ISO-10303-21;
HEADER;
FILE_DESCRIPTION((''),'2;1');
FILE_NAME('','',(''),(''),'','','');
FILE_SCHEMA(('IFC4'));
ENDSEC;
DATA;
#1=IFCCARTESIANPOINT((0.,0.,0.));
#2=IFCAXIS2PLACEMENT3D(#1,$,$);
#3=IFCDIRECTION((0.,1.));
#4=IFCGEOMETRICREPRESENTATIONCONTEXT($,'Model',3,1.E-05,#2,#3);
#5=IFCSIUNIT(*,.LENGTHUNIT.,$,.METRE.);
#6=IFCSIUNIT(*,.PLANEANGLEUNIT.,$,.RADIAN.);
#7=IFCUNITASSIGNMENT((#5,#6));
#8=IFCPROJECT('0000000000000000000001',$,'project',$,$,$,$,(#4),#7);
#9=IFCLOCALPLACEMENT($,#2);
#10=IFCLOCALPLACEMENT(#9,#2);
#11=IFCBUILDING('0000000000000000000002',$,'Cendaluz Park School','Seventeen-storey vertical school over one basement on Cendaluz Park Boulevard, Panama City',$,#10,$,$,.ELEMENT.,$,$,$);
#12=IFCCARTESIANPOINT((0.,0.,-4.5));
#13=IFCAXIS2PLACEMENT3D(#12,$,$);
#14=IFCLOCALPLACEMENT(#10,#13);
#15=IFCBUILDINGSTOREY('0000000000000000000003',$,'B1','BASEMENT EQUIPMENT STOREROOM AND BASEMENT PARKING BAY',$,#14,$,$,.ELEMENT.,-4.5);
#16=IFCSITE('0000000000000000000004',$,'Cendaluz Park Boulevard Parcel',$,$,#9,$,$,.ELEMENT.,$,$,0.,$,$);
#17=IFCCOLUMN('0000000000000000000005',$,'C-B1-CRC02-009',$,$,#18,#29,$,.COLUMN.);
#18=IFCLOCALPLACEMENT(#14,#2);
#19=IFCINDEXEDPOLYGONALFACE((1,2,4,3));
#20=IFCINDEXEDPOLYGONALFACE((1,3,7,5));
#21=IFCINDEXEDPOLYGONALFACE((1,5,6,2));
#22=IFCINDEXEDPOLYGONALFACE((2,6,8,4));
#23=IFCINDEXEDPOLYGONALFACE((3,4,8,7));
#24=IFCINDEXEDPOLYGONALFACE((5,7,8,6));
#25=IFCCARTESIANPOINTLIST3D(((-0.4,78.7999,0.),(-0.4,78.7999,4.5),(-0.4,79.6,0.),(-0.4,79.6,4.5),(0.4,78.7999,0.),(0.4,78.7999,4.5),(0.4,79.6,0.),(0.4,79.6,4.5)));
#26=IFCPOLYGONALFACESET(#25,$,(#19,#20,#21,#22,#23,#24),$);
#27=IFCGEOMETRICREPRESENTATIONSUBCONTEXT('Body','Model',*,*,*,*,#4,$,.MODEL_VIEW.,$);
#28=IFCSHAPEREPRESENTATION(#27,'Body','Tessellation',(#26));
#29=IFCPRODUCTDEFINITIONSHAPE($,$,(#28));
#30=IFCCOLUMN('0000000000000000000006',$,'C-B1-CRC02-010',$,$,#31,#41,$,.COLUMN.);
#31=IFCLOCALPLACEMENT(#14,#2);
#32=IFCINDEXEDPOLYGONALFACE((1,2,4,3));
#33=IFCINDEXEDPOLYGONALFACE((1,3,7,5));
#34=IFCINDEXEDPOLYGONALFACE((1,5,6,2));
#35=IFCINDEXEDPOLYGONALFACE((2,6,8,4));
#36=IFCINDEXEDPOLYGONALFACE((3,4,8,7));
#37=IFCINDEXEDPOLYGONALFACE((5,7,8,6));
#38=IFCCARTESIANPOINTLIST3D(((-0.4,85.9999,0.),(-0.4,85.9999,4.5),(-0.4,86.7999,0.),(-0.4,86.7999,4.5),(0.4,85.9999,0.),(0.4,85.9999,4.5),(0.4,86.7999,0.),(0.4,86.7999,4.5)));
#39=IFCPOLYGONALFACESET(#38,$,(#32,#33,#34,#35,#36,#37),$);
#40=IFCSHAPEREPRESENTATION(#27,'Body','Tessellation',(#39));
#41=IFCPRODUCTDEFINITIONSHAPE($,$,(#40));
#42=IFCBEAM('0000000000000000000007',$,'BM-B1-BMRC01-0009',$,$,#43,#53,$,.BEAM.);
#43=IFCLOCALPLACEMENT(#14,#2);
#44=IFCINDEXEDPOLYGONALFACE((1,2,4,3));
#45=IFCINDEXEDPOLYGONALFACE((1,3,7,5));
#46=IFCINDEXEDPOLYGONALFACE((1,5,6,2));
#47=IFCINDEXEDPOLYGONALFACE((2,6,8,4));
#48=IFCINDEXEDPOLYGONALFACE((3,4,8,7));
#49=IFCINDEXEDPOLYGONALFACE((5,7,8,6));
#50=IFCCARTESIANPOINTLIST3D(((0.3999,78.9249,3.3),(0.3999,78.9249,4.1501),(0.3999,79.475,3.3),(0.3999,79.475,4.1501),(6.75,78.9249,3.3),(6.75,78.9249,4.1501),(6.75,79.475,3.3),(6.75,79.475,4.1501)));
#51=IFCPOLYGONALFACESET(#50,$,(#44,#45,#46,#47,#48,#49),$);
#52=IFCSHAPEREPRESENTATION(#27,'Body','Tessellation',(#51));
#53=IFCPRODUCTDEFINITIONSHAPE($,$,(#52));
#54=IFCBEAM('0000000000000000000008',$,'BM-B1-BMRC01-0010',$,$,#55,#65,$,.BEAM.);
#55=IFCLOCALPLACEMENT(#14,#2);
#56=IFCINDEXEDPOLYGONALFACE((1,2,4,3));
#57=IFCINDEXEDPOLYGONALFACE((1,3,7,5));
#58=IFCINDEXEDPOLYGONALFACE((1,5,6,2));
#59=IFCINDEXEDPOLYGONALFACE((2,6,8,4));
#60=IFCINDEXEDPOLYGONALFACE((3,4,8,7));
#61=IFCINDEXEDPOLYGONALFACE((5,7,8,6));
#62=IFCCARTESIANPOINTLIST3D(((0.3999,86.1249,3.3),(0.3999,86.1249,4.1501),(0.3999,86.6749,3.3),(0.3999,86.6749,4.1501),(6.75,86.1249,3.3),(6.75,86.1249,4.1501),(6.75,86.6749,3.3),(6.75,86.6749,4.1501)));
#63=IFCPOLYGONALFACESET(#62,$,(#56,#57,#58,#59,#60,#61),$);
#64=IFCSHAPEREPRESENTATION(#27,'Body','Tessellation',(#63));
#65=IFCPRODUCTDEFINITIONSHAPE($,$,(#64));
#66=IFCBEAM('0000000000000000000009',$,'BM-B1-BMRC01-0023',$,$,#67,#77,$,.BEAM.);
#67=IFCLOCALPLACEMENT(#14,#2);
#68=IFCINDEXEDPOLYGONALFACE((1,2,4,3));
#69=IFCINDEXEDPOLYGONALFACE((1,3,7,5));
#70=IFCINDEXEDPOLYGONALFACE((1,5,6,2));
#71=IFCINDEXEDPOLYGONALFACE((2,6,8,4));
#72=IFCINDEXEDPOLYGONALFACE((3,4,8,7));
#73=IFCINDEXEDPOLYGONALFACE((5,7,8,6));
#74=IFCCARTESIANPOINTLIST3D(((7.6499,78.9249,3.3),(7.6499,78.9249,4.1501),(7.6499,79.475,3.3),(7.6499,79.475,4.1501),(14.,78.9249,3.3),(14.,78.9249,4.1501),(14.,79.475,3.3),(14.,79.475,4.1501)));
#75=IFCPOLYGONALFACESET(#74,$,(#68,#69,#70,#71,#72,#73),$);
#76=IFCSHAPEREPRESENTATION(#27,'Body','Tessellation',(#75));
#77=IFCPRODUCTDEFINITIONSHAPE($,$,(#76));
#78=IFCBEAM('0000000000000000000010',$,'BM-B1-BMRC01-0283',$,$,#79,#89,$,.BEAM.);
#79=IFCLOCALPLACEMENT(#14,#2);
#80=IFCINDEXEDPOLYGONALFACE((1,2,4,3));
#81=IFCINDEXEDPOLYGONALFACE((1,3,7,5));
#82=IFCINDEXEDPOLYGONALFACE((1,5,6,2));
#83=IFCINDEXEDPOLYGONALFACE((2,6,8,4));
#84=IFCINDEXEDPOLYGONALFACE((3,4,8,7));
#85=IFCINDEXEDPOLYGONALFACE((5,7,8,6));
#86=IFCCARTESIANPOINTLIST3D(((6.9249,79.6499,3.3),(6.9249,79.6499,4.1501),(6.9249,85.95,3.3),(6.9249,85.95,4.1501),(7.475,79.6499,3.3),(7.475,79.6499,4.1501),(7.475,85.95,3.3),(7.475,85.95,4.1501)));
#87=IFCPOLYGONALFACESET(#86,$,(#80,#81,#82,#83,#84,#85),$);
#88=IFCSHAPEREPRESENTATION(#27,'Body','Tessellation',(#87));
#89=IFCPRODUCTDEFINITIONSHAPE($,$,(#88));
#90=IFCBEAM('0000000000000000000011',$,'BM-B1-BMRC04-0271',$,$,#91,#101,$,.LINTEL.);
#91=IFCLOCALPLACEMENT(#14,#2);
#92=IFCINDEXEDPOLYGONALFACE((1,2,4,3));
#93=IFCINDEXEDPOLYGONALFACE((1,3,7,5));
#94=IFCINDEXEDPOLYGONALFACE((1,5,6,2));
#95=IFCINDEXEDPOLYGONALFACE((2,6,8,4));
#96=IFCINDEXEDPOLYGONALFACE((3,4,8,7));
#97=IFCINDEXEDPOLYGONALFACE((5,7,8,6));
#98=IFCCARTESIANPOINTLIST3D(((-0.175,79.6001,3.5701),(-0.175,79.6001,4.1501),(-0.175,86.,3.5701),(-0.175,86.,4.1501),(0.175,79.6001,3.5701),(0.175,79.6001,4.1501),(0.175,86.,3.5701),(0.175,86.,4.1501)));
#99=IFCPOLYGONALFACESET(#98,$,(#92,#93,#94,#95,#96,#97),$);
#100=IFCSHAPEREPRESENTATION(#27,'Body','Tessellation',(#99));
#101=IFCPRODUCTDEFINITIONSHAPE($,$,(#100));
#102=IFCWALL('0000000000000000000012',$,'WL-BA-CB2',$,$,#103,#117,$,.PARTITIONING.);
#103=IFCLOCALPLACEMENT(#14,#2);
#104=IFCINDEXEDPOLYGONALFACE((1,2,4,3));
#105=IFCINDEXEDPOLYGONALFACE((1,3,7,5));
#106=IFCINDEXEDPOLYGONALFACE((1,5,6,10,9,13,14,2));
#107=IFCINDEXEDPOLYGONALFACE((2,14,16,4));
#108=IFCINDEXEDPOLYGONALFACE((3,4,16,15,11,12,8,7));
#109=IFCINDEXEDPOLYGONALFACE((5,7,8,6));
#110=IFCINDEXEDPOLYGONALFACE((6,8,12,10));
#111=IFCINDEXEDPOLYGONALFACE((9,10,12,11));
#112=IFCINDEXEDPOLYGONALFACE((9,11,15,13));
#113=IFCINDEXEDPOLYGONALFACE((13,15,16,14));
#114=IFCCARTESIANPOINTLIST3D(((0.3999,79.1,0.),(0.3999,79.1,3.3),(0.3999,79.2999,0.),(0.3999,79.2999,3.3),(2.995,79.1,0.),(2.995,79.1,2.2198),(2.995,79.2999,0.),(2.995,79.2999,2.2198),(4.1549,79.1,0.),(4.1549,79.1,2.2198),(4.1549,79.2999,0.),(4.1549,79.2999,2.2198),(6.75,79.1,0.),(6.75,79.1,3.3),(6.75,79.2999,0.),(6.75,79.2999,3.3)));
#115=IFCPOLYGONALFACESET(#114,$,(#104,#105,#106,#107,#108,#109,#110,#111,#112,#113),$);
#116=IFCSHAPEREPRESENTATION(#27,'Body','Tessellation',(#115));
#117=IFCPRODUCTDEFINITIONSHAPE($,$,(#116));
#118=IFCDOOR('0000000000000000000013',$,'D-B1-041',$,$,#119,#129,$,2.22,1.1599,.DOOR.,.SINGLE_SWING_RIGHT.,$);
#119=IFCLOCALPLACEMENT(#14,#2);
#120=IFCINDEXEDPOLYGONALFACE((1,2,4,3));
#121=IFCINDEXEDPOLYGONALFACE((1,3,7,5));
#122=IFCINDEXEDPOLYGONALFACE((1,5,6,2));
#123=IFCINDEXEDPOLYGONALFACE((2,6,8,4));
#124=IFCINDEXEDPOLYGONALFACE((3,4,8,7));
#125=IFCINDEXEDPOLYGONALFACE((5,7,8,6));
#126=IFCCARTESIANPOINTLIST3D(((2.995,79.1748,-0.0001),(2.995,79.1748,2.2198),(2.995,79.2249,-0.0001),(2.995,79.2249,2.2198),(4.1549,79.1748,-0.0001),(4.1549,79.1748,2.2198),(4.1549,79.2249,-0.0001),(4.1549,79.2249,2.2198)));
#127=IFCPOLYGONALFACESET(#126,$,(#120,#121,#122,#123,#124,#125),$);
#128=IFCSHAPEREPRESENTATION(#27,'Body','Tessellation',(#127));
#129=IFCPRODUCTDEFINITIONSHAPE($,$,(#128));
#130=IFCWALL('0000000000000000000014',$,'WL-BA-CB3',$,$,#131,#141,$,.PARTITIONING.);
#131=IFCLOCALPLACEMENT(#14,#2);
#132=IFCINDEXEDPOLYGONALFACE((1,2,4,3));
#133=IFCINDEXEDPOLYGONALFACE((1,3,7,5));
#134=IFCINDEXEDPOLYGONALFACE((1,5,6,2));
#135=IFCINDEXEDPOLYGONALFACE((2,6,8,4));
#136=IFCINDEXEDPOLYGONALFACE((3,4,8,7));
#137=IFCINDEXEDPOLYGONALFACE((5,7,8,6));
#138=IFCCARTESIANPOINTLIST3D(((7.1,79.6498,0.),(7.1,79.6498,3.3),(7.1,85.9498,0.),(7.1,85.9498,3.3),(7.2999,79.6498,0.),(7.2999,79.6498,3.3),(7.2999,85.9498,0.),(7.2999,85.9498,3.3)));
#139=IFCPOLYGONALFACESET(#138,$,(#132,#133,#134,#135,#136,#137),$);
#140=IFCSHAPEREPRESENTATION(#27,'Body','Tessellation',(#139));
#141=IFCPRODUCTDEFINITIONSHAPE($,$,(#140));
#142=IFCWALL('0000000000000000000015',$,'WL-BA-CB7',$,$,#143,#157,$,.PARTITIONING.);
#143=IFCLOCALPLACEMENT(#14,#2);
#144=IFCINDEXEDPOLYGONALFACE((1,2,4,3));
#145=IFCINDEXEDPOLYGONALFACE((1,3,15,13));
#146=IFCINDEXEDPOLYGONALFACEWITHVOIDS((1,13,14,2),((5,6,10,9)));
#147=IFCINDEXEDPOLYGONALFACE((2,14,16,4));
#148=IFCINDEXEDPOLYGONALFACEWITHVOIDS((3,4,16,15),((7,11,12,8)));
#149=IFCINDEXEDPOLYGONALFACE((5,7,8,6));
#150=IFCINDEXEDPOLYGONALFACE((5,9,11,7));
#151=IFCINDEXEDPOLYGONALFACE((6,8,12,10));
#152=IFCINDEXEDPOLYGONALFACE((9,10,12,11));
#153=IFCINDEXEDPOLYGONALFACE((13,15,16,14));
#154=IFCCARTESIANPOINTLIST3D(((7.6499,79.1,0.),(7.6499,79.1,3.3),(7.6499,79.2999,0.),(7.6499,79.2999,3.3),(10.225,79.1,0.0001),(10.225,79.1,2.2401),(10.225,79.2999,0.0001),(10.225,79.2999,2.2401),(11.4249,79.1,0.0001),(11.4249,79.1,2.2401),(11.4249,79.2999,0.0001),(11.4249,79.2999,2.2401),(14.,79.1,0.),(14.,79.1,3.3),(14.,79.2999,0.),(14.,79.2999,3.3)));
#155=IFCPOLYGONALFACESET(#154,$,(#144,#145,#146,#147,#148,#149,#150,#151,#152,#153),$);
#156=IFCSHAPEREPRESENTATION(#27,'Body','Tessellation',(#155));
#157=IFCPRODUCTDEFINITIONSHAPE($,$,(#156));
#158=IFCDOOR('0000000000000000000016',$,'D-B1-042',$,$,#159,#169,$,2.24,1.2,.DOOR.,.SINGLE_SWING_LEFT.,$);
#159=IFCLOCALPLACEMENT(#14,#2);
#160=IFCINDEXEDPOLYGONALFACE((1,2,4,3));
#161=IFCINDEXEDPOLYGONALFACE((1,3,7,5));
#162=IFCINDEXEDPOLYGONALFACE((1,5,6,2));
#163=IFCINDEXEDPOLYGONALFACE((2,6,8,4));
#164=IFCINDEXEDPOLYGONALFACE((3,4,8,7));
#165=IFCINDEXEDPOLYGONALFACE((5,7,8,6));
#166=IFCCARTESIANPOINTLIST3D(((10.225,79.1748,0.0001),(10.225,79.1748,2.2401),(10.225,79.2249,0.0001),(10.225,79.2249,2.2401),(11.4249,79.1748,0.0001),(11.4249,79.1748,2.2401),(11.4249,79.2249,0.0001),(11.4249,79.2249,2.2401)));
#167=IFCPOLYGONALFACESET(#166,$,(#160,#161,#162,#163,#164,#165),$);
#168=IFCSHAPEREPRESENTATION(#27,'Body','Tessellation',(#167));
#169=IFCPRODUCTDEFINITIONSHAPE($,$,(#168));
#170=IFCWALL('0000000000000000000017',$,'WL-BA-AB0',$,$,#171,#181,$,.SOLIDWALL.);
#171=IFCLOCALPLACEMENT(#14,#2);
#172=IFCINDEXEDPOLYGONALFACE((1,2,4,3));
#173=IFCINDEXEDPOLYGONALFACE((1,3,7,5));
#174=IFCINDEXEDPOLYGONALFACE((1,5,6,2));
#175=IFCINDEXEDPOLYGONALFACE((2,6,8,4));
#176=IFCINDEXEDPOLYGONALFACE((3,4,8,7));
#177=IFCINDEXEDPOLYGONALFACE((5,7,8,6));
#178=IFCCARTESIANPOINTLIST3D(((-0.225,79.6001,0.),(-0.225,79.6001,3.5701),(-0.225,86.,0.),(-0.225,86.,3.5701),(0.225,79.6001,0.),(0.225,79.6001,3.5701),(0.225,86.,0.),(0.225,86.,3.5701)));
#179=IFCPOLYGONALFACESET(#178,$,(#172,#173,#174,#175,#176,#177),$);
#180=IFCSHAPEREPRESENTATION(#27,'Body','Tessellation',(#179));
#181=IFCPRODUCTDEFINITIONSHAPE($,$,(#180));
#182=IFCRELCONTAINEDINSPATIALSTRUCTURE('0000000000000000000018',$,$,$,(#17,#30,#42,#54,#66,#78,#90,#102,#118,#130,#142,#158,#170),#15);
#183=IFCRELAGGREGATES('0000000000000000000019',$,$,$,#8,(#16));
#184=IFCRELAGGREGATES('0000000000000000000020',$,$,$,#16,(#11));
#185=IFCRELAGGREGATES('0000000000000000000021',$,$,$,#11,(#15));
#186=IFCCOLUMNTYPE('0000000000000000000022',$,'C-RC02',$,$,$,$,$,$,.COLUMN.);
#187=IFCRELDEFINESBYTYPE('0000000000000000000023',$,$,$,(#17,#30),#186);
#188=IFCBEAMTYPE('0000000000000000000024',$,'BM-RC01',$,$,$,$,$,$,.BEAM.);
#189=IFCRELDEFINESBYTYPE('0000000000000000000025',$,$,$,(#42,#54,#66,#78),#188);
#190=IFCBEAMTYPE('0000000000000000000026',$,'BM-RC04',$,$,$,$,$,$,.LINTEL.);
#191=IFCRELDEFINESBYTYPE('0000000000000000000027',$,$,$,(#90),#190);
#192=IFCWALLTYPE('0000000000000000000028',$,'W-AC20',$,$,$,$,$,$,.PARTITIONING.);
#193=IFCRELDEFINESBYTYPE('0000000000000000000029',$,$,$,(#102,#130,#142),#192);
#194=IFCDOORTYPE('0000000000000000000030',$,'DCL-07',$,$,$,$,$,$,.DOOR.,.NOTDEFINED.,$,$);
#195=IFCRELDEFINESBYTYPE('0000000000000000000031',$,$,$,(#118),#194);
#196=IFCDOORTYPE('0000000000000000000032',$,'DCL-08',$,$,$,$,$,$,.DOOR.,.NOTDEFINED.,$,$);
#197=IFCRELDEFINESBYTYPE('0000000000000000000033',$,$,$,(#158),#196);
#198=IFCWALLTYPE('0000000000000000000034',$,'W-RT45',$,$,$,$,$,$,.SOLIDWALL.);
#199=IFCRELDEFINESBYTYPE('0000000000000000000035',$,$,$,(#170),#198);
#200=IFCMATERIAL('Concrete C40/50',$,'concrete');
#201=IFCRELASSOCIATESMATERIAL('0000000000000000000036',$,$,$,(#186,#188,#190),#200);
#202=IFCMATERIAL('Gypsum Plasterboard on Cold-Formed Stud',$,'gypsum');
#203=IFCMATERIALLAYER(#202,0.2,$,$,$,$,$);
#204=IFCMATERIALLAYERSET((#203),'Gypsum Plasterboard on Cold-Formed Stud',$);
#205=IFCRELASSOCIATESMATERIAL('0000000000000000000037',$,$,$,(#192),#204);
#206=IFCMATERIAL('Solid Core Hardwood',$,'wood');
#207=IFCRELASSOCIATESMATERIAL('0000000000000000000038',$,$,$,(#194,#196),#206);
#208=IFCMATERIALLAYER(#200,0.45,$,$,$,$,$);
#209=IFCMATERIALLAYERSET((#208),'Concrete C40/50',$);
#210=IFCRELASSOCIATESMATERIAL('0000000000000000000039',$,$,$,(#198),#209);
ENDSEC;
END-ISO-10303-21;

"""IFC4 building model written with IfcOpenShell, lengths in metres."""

from ifc_helpers import new_model, si_unit, direction, frame, frame_2d, origin, origin_2d, place, context, subcontext, project, spatial, rectangle, extrude, material, layer, layer_set, material_profile, profile_set, type_object, element, fill, save


model = new_model("IFC4")

# Units and contexts
model_context = context("Model", 3, precision=1e-05, world=origin(), true_north=direction((0.0, 1.0)))
body_context = subcontext(model_context, "Body", "Model", "MODEL_VIEW")
ifc_project = project(units=[si_unit("LENGTHUNIT", "METRE"), si_unit("PLANEANGLEUNIT", "RADIAN")], contexts=[model_context])

# Site, building, storey
site_placement = place(None, origin())
site = spatial("IfcSite", under=ifc_project, at=site_placement, Name="Cendaluz Park Boulevard Parcel", CompositionType="ELEMENT", RefElevation=0.0)
building_placement = place(site_placement, origin())
building = spatial("IfcBuilding", under=site, at=building_placement, Name="Cendaluz Park School", Description="Seventeen-storey vertical school over one basement on Cendaluz Park Boulevard, Panama City", CompositionType="ELEMENT")
storey_placement = place(building_placement, frame((0.0, 0.0, -4.5)))
storey = spatial("IfcBuildingStorey", under=building, at=storey_placement, Name="B1", Description="BASEMENT EQUIPMENT STOREROOM AND BASEMENT PARKING BAY", CompositionType="ELEMENT", Elevation=-4.5)

# Shared definitions
ifc_material_1 = material(Name="Concrete C40/50", Category="concrete")

# Columns
ifc_material_profile_1 = material_profile(ifc_material_1, rectangle(XDim=0.8, YDim=0.8, at=origin_2d()), Name="RC 800x800", Category="concrete")
ifc_profile_set_1 = profile_set([ifc_material_profile_1], Name="Concrete C40/50")
column_type_1 = type_object("IfcColumnType", Name="C-RC02", PredefinedType="COLUMN", material=ifc_profile_set_1)
for number, where, z_axis, x_axis, name in (
    (1, (0.0, 79.2, 0.0), (0.0, 0.0, 1.0), (1.0, 0.0, 0.0), "C-B1-CRC02-009"),
    (2, (0.0, 86.3999, 0.0), (0.0, 0.0, 1.0), (1.0, 0.0, 0.0), "C-B1-CRC02-010"),
):
    element("IfcColumn", number, at=place(storey_placement, frame(where, z_axis=z_axis, x_axis=x_axis)), inside=storey, type_object=column_type_1, Name=name, PredefinedType="COLUMN", context=body_context, shape_type="SweptSolid", body=[
        extrude(rectangle(XDim=0.8, YDim=0.8, at=origin_2d()), origin(), (0.0, 0.0, 1.0), 4.5),
    ])

# Beams
ifc_material_profile_2 = material_profile(ifc_material_1, rectangle(XDim=0.55, YDim=0.8501, at=origin_2d()), Name="RC 550x850", Category="concrete")
ifc_profile_set_2 = profile_set([ifc_material_profile_2], Name="Concrete C40/50")
beam_type_1 = type_object("IfcBeamType", Name="BM-RC01", PredefinedType="BEAM", material=ifc_profile_set_2)
for number, where, z_axis, x_axis, name in (
    (3, (0.3999, 79.2, 3.7251), (1.0, 0.0, 0.0), (0.0, 1.0, 0.0), "BM-B1-BMRC01-0009"),
    (4, (0.3999, 86.3999, 3.7251), (1.0, 0.0, 0.0), (0.0, 1.0, 0.0), "BM-B1-BMRC01-0010"),
    (5, (7.6499, 79.2, 3.7251), (1.0, 0.0, 0.0), (0.0, 1.0, 0.0), "BM-B1-BMRC01-0023"),
):
    element("IfcBeam", number, at=place(storey_placement, frame(where, z_axis=z_axis, x_axis=x_axis)), inside=storey, type_object=beam_type_1, Name=name, PredefinedType="BEAM", context=body_context, shape_type="SweptSolid", body=[
        extrude(rectangle(XDim=0.55, YDim=0.8501, at=origin_2d()), origin(), (0.0, 0.0, 1.0), 6.3501),
    ])
beam_1_placement = place(storey_placement, frame((7.2, 79.6499, 3.7251), z_axis=(0.0, 1.0, 0.0), x_axis=(-1.0, 0.0, 0.0)))
element("IfcBeam", 6, at=beam_1_placement, inside=storey, type_object=beam_type_1, Name="BM-B1-BMRC01-0283", PredefinedType="BEAM", context=body_context, shape_type="SweptSolid", body=[
    extrude(rectangle(XDim=0.55, YDim=0.8501, at=origin_2d()), origin(), (0.0, 0.0, 1.0), 6.3),
])
ifc_material_profile_3 = material_profile(ifc_material_1, rectangle(XDim=0.3501, YDim=0.5801, at=origin_2d()), Name="RC 350x580", Category="concrete")
ifc_profile_set_3 = profile_set([ifc_material_profile_3], Name="Concrete C40/50")
beam_type_2 = type_object("IfcBeamType", Name="BM-RC04", PredefinedType="LINTEL", material=ifc_profile_set_3)
beam_2_placement = place(storey_placement, frame((0.0, 79.6001, 3.8601), z_axis=(0.0, 1.0, 0.0), x_axis=(-1.0, 0.0, 0.0)))
element("IfcBeam", 7, at=beam_2_placement, inside=storey, type_object=beam_type_2, Name="BM-B1-BMRC04-0271", PredefinedType="LINTEL", context=body_context, shape_type="SweptSolid", body=[
    extrude(rectangle(XDim=0.3501, YDim=0.5801, at=origin_2d()), origin(), (0.0, 0.0, 1.0), 6.3999),
])

# Wall, opening, door
ifc_material_2 = material(Name="Gypsum Plasterboard on Cold-Formed Stud", Category="gypsum")
ifc_layer_1 = layer(ifc_material_2, 0.2)
ifc_layer_set_1 = layer_set([ifc_layer_1], Name="Gypsum Plasterboard on Cold-Formed Stud")
wall_type_1 = type_object("IfcWallType", Name="W-AC20", PredefinedType="PARTITIONING", material=ifc_layer_set_1)
wall_1_placement = place(storey_placement, frame((0.3999, 79.2, 0.0), z_axis=(0.0, 0.0, 1.0), x_axis=(1.0, 0.0, 0.0)))
wall_1 = element("IfcWall", 8, at=wall_1_placement, inside=storey, type_object=wall_type_1, Name="WL-BA-CB2", PredefinedType="PARTITIONING", context=body_context, shape_type="SweptSolid", body=[
    extrude(rectangle(XDim=6.3501, YDim=0.2, at=frame_2d((3.175, 0.0))), origin(), (0.0, 0.0, 1.0), 3.3),
])
opening_1_placement = place(wall_1_placement, frame((2.595, 0.0, 0.0)))
opening_1 = element("IfcOpeningElement", 9, at=opening_1_placement, cuts=wall_1, PredefinedType="OPENING", context=body_context, shape_type="SweptSolid", body=[
    extrude(rectangle(XDim=1.1599, YDim=2.22, at=frame_2d((0.5801, 1.1099))), frame((0.0, 0.1121, 0.0), z_axis=(0.0, -1.0, 0.0), x_axis=(1.0, 0.0, 0.0)), (0.0, 0.0, 1.0), 0.2239),
])
ifc_material_3 = material(Name="Solid Core Hardwood", Category="wood")
door_type_1 = type_object("IfcDoorType", Name="DCL-07", OperationType="NOTDEFINED", PredefinedType="DOOR", material=ifc_material_3)
door_1_placement = place(opening_1_placement, origin())
door_1 = element("IfcDoor", 10, at=door_1_placement, inside=storey, type_object=door_type_1, Name="D-B1-041", OperationType="SINGLE_SWING_RIGHT", OverallHeight=2.22, OverallWidth=1.1599, PredefinedType="DOOR", context=body_context, shape_type="SweptSolid", body=[
    extrude(rectangle(XDim=1.1599, YDim=2.22, at=frame_2d((0.5801, 1.1099))), frame((0.0, 0.0249, 0.0), z_axis=(0.0, -1.0, 0.0), x_axis=(1.0, 0.0, 0.0)), (0.0, 0.0, 1.0), 0.05),
])
fill(opening_1, door_1)

# Wall
wall_2_placement = place(storey_placement, frame((7.2, 79.6499, 0.0), z_axis=(0.0, 0.0, 1.0), x_axis=(0.0, 1.0, 0.0)))
element("IfcWall", 11, at=wall_2_placement, inside=storey, type_object=wall_type_1, Name="WL-BA-CB3", PredefinedType="PARTITIONING", context=body_context, shape_type="SweptSolid", body=[
    extrude(rectangle(XDim=6.3, YDim=0.2, at=frame_2d((3.1499, 0.0))), origin(), (0.0, 0.0, 1.0), 3.3),
])

# Wall, opening, door
wall_3_placement = place(storey_placement, frame((7.6499, 79.2, 0.0), z_axis=(0.0, 0.0, 1.0), x_axis=(1.0, 0.0, 0.0)))
wall_3 = element("IfcWall", 12, at=wall_3_placement, inside=storey, type_object=wall_type_1, Name="WL-BA-CB7", PredefinedType="PARTITIONING", context=body_context, shape_type="SweptSolid", body=[
    extrude(rectangle(XDim=6.3501, YDim=0.2, at=frame_2d((3.175, 0.0))), origin(), (0.0, 0.0, 1.0), 3.3),
])
opening_2_placement = place(wall_3_placement, frame((2.575, 0.0, 0.0)))
opening_2 = element("IfcOpeningElement", 13, at=opening_2_placement, cuts=wall_3, PredefinedType="OPENING", context=body_context, shape_type="SweptSolid", body=[
    extrude(rectangle(XDim=1.2, YDim=2.24, at=frame_2d((0.6001, 1.1201))), frame((0.0, 0.1121, 0.0), z_axis=(0.0, -1.0, 0.0), x_axis=(1.0, 0.0, 0.0)), (0.0, 0.0, 1.0), 0.2239),
])
door_type_2 = type_object("IfcDoorType", Name="DCL-08", OperationType="NOTDEFINED", PredefinedType="DOOR", material=ifc_material_3)
door_2_placement = place(opening_2_placement, origin())
door_2 = element("IfcDoor", 14, at=door_2_placement, inside=storey, type_object=door_type_2, Name="D-B1-042", OperationType="SINGLE_SWING_LEFT", OverallHeight=2.24, OverallWidth=1.2, PredefinedType="DOOR", context=body_context, shape_type="SweptSolid", body=[
    extrude(rectangle(XDim=1.2, YDim=2.24, at=frame_2d((0.6001, 1.1201))), frame((0.0, 0.0249, 0.0), z_axis=(0.0, -1.0, 0.0), x_axis=(1.0, 0.0, 0.0)), (0.0, 0.0, 1.0), 0.05),
])
fill(opening_2, door_2)

# Wall
ifc_layer_2 = layer(ifc_material_1, 0.45)
ifc_layer_set_2 = layer_set([ifc_layer_2], Name="Concrete C40/50")
wall_type_2 = type_object("IfcWallType", Name="W-RT45", PredefinedType="SOLIDWALL", material=ifc_layer_set_2)
wall_4_placement = place(storey_placement, frame((0.0, 79.6001, 0.0), z_axis=(0.0, 0.0, 1.0), x_axis=(0.0, 1.0, 0.0)))
element("IfcWall", 15, at=wall_4_placement, inside=storey, type_object=wall_type_2, Name="WL-BA-AB0", PredefinedType="SOLIDWALL", context=body_context, shape_type="SweptSolid", body=[
    extrude(rectangle(XDim=6.3999, YDim=0.45, at=frame_2d((3.2, 0.0))), origin(), (0.0, 0.0, 1.0), 3.5701),
])

save(model, "model.ifc")
